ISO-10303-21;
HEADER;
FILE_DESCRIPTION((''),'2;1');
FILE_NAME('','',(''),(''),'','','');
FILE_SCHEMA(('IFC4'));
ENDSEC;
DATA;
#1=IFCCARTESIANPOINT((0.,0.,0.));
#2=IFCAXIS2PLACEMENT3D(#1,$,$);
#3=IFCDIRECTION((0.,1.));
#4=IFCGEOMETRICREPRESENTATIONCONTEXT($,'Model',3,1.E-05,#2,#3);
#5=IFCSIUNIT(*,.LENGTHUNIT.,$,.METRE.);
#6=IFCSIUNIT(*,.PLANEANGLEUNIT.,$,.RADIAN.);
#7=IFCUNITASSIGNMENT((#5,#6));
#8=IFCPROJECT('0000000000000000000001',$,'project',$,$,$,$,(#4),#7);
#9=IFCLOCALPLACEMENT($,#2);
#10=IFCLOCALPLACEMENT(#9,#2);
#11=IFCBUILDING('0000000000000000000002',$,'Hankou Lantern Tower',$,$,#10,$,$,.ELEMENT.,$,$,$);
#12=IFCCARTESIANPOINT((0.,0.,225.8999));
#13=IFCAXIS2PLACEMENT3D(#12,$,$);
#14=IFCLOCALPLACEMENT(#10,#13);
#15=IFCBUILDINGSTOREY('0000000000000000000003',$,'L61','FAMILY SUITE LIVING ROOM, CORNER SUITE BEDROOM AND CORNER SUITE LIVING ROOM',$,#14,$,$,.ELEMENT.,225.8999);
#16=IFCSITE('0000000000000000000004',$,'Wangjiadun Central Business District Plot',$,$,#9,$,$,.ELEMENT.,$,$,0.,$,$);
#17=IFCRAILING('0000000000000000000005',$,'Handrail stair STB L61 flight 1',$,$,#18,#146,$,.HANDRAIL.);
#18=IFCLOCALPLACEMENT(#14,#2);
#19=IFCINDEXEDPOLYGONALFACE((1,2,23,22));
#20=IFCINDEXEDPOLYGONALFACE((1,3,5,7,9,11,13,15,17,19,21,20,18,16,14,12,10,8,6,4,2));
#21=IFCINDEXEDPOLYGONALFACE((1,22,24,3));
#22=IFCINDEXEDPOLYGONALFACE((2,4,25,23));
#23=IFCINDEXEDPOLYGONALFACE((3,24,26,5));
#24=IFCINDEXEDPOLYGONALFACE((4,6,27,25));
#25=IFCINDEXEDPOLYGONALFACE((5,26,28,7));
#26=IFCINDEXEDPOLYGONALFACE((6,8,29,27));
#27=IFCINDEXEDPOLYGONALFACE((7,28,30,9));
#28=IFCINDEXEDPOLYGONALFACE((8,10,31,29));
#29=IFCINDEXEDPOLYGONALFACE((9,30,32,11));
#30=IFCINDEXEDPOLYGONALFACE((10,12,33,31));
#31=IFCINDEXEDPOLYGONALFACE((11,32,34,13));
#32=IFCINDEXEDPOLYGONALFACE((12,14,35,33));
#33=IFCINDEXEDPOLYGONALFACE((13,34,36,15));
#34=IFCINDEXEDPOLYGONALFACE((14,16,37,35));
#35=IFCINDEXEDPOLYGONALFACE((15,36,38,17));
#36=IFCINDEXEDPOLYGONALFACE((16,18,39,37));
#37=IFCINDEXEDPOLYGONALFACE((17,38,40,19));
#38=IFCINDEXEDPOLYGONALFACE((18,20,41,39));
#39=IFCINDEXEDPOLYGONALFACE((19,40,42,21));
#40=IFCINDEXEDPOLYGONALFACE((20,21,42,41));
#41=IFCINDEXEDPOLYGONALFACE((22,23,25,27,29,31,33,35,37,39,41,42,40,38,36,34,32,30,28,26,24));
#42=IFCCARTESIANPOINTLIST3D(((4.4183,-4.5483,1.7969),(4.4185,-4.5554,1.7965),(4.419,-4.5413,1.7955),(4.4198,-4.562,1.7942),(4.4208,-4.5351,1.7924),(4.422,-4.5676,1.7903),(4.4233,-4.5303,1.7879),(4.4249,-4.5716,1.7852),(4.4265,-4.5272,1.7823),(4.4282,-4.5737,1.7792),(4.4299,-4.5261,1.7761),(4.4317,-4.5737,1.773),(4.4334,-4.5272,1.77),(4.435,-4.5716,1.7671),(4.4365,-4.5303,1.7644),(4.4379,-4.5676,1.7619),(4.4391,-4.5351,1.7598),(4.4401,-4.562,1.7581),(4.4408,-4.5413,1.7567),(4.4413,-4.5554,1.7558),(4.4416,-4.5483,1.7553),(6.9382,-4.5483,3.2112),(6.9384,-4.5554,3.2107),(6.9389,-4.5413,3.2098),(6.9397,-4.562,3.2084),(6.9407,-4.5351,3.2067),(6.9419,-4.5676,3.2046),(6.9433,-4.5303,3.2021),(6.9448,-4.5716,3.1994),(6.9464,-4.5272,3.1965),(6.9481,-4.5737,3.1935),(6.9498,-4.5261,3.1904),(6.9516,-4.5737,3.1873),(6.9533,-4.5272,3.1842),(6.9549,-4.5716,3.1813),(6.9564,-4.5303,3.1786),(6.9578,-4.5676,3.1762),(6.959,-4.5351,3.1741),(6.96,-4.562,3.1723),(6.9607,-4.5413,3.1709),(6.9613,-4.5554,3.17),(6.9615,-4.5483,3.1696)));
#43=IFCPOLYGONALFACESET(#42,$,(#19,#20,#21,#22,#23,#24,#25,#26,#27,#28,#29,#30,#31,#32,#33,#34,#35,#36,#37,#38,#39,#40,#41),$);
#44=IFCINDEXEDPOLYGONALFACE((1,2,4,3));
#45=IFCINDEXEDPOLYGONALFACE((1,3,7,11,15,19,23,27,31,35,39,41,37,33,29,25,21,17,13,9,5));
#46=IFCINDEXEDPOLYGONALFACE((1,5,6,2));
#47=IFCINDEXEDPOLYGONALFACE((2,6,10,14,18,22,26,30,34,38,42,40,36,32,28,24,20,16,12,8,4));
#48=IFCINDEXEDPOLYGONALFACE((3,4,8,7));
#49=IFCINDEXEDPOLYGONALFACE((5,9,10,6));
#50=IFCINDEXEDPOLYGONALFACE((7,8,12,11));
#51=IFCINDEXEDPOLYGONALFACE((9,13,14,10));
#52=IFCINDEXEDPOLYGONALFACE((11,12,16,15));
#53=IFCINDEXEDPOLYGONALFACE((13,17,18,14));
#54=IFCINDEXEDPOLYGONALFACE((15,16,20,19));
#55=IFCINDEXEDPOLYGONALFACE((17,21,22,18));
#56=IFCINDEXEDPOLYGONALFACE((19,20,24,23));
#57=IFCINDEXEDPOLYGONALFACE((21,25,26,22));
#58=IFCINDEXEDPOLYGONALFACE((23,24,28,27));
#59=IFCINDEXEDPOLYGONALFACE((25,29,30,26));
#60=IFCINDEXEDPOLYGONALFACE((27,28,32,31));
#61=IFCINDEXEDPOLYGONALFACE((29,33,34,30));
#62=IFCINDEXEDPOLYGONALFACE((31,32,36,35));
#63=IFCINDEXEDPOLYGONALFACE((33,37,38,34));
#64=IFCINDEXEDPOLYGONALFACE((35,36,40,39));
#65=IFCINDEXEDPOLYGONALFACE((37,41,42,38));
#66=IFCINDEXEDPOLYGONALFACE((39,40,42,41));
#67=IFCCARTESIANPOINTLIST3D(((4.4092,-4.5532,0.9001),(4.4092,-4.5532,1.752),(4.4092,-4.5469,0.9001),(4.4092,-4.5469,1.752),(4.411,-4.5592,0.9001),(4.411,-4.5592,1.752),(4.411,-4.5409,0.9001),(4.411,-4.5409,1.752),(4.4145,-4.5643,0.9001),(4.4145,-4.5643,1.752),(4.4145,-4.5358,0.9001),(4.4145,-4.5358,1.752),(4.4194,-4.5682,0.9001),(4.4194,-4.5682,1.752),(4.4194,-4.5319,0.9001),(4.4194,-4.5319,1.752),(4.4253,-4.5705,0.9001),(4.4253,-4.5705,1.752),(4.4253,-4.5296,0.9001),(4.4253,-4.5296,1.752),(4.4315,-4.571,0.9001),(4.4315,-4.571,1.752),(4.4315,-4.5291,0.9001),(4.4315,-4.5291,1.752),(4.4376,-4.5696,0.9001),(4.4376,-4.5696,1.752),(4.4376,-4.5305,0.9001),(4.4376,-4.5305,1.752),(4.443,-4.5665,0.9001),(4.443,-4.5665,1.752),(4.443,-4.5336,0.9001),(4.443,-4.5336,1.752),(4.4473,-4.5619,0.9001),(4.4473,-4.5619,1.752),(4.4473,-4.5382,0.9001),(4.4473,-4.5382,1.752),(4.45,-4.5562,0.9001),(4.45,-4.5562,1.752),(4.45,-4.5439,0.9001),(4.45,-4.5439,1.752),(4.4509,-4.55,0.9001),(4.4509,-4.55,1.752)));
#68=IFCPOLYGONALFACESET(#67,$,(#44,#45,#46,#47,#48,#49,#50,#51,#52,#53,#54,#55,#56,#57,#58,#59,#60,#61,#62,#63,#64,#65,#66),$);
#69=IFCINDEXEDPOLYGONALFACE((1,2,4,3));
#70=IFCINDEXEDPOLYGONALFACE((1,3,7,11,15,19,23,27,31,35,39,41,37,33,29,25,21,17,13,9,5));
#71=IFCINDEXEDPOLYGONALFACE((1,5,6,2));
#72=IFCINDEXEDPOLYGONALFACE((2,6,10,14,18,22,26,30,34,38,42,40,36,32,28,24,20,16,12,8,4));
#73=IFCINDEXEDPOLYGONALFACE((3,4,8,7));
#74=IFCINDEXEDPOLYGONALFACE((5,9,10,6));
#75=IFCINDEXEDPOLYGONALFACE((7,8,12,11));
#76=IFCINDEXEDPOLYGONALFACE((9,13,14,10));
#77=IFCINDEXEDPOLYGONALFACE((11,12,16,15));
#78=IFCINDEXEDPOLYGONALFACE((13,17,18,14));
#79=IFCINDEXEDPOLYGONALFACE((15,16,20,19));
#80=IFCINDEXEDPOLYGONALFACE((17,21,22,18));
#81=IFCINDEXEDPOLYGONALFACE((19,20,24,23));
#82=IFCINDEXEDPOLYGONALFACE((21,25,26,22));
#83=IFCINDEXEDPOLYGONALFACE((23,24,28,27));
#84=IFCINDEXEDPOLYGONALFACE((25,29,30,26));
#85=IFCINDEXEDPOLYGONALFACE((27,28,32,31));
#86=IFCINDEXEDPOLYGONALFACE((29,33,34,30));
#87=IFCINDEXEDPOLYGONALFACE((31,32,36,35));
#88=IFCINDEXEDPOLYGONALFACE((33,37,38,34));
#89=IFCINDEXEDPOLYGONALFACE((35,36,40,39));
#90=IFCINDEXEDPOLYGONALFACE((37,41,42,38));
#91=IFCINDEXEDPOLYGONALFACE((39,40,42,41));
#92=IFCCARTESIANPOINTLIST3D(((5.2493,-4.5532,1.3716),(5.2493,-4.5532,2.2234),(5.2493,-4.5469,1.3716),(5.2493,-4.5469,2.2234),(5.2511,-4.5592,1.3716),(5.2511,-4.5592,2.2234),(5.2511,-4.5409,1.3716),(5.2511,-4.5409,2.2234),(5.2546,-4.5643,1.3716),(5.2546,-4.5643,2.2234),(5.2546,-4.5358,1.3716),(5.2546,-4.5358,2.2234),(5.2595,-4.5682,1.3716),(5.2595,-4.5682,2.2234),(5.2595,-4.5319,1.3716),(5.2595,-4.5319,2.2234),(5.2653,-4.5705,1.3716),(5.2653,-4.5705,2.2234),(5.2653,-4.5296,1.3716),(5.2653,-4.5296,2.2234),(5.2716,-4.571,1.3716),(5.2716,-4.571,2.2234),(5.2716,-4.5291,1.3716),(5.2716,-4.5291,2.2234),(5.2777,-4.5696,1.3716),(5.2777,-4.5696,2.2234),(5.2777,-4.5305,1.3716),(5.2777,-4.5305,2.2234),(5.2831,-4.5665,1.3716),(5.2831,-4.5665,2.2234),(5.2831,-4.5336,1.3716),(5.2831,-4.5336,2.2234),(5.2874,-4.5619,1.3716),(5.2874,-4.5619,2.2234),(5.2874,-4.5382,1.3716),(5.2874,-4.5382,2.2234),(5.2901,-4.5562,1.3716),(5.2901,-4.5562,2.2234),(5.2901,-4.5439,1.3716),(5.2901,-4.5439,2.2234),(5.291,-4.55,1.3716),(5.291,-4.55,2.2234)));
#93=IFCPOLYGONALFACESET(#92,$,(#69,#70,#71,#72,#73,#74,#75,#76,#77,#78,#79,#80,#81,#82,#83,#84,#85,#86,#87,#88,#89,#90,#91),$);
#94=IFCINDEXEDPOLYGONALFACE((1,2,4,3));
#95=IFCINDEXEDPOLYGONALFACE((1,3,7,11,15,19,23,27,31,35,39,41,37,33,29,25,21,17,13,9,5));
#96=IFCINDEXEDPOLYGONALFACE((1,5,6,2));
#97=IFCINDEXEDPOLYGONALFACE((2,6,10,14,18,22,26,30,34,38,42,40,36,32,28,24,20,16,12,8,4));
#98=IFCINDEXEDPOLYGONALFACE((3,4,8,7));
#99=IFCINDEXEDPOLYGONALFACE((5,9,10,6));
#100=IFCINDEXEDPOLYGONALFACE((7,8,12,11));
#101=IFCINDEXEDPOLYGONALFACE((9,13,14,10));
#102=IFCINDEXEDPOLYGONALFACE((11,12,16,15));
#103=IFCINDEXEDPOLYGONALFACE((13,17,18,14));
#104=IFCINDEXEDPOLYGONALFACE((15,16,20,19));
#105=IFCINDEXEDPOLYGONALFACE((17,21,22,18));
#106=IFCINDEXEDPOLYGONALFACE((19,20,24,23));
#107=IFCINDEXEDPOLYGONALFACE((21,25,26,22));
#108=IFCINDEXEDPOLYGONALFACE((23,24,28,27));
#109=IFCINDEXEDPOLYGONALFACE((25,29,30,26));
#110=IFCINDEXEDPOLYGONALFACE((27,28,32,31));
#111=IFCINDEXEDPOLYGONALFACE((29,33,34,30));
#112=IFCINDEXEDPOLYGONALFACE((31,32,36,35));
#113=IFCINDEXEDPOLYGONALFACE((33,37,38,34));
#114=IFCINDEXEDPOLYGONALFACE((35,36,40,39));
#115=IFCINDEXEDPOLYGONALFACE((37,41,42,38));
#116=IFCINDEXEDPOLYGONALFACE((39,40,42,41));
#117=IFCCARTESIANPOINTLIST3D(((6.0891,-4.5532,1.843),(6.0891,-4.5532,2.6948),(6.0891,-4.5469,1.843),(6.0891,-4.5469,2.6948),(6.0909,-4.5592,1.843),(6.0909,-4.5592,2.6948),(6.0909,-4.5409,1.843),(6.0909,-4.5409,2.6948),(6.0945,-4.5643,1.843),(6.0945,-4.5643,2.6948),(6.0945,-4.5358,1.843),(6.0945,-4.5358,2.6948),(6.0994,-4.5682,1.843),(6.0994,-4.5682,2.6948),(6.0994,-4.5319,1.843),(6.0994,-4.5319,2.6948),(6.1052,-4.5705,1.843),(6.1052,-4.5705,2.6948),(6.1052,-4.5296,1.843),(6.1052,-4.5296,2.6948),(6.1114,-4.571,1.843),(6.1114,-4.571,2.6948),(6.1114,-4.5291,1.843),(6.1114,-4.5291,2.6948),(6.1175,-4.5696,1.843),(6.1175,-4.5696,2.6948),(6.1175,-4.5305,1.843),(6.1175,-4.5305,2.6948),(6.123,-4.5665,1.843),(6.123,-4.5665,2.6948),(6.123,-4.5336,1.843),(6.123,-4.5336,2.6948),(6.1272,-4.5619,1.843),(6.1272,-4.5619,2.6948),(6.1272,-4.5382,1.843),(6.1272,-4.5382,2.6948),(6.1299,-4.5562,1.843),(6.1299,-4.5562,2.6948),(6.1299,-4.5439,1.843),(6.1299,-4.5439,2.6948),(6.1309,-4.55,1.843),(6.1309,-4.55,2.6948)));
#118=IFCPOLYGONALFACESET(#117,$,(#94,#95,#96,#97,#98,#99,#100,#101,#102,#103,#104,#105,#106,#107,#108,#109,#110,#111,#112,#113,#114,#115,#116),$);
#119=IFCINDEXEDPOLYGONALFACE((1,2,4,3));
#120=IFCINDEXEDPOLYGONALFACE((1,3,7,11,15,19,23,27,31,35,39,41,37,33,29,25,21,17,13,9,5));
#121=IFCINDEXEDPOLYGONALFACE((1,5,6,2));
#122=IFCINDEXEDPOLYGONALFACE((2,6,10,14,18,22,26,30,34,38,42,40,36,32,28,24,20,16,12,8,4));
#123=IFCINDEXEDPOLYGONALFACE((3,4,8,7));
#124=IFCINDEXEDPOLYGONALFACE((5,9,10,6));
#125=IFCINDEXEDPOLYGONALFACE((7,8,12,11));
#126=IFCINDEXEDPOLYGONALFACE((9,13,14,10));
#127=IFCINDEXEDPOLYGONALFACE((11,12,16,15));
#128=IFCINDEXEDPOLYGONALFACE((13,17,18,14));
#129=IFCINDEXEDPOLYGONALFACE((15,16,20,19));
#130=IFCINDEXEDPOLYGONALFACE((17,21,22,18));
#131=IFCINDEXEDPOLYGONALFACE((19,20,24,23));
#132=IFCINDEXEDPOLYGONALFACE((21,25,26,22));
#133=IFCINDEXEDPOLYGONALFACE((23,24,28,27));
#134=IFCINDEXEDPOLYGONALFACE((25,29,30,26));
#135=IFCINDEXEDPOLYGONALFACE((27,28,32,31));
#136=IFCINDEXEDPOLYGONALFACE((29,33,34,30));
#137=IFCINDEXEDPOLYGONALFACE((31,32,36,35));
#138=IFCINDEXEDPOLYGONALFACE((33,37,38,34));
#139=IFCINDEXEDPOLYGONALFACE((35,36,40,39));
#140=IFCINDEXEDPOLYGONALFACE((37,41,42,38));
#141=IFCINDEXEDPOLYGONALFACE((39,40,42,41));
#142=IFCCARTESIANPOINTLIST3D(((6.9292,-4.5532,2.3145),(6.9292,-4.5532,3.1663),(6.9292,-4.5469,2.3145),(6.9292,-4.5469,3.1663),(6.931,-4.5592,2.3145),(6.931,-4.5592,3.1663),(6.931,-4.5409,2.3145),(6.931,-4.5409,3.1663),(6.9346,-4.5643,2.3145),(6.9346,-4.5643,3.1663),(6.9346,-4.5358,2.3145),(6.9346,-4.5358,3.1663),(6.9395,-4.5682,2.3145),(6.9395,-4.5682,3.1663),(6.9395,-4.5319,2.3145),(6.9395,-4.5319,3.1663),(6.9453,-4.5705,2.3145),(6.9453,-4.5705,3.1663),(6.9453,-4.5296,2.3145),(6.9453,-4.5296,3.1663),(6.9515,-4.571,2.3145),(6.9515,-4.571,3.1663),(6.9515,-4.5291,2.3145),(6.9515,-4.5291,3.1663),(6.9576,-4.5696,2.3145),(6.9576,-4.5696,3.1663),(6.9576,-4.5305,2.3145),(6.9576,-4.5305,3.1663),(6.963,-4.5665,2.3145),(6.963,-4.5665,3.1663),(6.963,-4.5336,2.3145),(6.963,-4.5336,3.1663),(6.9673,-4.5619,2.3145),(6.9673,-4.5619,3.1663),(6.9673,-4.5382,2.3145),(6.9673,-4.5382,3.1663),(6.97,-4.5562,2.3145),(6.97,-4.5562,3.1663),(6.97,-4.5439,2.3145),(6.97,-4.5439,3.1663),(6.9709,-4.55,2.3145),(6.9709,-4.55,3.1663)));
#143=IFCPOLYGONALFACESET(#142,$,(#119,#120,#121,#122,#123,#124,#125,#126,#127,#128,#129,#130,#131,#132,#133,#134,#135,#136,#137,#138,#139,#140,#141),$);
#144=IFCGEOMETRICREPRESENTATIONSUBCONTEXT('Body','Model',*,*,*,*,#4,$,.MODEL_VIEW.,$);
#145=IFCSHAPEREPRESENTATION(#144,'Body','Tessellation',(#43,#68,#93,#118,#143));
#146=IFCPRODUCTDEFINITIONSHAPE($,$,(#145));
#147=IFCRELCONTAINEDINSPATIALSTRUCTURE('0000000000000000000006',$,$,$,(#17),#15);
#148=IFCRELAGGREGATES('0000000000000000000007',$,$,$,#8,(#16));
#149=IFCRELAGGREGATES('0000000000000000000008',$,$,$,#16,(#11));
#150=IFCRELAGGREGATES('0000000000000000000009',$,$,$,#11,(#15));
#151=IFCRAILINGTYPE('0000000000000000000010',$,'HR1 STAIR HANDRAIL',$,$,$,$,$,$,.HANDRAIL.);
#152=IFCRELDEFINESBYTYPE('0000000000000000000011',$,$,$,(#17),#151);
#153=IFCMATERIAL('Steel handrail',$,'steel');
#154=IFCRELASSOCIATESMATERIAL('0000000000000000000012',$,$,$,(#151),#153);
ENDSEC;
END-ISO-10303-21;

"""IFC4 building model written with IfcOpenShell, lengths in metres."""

from ifc_helpers import new_model, si_unit, direction, frame, origin, origin_2d, place, context, subcontext, project, spatial, circle, extrude, material, type_object, element, save


model = new_model("IFC4")

# Units and contexts
model_context = context("Model", 3, precision=1e-05, world=origin(), true_north=direction((0.0, 1.0)))
body_context = subcontext(model_context, "Body", "Model", "MODEL_VIEW")
ifc_project = project(units=[si_unit("LENGTHUNIT", "METRE"), si_unit("PLANEANGLEUNIT", "RADIAN")], contexts=[model_context])

# Site, building, storey
site_placement = place(None, origin())
site = spatial("IfcSite", under=ifc_project, at=site_placement, Name="Wangjiadun Central Business District Plot", CompositionType="ELEMENT", RefElevation=0.0)
building_placement = place(site_placement, origin())
building = spatial("IfcBuilding", under=site, at=building_placement, Name="Hankou Lantern Tower", CompositionType="ELEMENT")
storey_placement = place(building_placement, frame((0.0, 0.0, 225.8999)))
storey = spatial("IfcBuildingStorey", under=building, at=storey_placement, Name="L61", Description="FAMILY SUITE LIVING ROOM, CORNER SUITE BEDROOM AND CORNER SUITE LIVING ROOM", CompositionType="ELEMENT", Elevation=225.8999)

# Railing
ifc_material_1 = material(Name="Steel handrail", Category="steel")
railing_type = type_object("IfcRailingType", Name="HR1 STAIR HANDRAIL", PredefinedType="HANDRAIL", material=ifc_material_1)
railing_1_placement = place(storey_placement, frame((4.4299, -4.55, 0.9001)))
element("IfcRailing", 1, at=railing_1_placement, inside=storey, type_object=railing_type, Name="Handrail stair STB L61 flight 1", PredefinedType="HANDRAIL", context=body_context, shape_type="SweptSolid", body=[
    extrude(circle(Radius=0.0239, at=origin_2d()), frame((0.0, 0.0, 0.876), z_axis=(0.872049, 0.0, 0.489419), x_axis=(0.0, 1.0, 0.0)), (0.0, 0.0, 1.0), 2.8896),
    extrude(circle(Radius=0.021, at=origin_2d()), origin(), (0.0, 0.0, 1.0), 0.8518),
    extrude(circle(Radius=0.021, at=origin_2d()), frame((0.8401, 0.0, 0.4714)), (0.0, 0.0, 1.0), 0.8518),
    extrude(circle(Radius=0.021, at=origin_2d()), frame((1.6799, 0.0, 0.9429)), (0.0, 0.0, 1.0), 0.8518),
    extrude(circle(Radius=0.021, at=origin_2d()), frame((2.52, 0.0, 1.4143)), (0.0, 0.0, 1.0), 0.8518),
])

save(model, "model.ifc")
